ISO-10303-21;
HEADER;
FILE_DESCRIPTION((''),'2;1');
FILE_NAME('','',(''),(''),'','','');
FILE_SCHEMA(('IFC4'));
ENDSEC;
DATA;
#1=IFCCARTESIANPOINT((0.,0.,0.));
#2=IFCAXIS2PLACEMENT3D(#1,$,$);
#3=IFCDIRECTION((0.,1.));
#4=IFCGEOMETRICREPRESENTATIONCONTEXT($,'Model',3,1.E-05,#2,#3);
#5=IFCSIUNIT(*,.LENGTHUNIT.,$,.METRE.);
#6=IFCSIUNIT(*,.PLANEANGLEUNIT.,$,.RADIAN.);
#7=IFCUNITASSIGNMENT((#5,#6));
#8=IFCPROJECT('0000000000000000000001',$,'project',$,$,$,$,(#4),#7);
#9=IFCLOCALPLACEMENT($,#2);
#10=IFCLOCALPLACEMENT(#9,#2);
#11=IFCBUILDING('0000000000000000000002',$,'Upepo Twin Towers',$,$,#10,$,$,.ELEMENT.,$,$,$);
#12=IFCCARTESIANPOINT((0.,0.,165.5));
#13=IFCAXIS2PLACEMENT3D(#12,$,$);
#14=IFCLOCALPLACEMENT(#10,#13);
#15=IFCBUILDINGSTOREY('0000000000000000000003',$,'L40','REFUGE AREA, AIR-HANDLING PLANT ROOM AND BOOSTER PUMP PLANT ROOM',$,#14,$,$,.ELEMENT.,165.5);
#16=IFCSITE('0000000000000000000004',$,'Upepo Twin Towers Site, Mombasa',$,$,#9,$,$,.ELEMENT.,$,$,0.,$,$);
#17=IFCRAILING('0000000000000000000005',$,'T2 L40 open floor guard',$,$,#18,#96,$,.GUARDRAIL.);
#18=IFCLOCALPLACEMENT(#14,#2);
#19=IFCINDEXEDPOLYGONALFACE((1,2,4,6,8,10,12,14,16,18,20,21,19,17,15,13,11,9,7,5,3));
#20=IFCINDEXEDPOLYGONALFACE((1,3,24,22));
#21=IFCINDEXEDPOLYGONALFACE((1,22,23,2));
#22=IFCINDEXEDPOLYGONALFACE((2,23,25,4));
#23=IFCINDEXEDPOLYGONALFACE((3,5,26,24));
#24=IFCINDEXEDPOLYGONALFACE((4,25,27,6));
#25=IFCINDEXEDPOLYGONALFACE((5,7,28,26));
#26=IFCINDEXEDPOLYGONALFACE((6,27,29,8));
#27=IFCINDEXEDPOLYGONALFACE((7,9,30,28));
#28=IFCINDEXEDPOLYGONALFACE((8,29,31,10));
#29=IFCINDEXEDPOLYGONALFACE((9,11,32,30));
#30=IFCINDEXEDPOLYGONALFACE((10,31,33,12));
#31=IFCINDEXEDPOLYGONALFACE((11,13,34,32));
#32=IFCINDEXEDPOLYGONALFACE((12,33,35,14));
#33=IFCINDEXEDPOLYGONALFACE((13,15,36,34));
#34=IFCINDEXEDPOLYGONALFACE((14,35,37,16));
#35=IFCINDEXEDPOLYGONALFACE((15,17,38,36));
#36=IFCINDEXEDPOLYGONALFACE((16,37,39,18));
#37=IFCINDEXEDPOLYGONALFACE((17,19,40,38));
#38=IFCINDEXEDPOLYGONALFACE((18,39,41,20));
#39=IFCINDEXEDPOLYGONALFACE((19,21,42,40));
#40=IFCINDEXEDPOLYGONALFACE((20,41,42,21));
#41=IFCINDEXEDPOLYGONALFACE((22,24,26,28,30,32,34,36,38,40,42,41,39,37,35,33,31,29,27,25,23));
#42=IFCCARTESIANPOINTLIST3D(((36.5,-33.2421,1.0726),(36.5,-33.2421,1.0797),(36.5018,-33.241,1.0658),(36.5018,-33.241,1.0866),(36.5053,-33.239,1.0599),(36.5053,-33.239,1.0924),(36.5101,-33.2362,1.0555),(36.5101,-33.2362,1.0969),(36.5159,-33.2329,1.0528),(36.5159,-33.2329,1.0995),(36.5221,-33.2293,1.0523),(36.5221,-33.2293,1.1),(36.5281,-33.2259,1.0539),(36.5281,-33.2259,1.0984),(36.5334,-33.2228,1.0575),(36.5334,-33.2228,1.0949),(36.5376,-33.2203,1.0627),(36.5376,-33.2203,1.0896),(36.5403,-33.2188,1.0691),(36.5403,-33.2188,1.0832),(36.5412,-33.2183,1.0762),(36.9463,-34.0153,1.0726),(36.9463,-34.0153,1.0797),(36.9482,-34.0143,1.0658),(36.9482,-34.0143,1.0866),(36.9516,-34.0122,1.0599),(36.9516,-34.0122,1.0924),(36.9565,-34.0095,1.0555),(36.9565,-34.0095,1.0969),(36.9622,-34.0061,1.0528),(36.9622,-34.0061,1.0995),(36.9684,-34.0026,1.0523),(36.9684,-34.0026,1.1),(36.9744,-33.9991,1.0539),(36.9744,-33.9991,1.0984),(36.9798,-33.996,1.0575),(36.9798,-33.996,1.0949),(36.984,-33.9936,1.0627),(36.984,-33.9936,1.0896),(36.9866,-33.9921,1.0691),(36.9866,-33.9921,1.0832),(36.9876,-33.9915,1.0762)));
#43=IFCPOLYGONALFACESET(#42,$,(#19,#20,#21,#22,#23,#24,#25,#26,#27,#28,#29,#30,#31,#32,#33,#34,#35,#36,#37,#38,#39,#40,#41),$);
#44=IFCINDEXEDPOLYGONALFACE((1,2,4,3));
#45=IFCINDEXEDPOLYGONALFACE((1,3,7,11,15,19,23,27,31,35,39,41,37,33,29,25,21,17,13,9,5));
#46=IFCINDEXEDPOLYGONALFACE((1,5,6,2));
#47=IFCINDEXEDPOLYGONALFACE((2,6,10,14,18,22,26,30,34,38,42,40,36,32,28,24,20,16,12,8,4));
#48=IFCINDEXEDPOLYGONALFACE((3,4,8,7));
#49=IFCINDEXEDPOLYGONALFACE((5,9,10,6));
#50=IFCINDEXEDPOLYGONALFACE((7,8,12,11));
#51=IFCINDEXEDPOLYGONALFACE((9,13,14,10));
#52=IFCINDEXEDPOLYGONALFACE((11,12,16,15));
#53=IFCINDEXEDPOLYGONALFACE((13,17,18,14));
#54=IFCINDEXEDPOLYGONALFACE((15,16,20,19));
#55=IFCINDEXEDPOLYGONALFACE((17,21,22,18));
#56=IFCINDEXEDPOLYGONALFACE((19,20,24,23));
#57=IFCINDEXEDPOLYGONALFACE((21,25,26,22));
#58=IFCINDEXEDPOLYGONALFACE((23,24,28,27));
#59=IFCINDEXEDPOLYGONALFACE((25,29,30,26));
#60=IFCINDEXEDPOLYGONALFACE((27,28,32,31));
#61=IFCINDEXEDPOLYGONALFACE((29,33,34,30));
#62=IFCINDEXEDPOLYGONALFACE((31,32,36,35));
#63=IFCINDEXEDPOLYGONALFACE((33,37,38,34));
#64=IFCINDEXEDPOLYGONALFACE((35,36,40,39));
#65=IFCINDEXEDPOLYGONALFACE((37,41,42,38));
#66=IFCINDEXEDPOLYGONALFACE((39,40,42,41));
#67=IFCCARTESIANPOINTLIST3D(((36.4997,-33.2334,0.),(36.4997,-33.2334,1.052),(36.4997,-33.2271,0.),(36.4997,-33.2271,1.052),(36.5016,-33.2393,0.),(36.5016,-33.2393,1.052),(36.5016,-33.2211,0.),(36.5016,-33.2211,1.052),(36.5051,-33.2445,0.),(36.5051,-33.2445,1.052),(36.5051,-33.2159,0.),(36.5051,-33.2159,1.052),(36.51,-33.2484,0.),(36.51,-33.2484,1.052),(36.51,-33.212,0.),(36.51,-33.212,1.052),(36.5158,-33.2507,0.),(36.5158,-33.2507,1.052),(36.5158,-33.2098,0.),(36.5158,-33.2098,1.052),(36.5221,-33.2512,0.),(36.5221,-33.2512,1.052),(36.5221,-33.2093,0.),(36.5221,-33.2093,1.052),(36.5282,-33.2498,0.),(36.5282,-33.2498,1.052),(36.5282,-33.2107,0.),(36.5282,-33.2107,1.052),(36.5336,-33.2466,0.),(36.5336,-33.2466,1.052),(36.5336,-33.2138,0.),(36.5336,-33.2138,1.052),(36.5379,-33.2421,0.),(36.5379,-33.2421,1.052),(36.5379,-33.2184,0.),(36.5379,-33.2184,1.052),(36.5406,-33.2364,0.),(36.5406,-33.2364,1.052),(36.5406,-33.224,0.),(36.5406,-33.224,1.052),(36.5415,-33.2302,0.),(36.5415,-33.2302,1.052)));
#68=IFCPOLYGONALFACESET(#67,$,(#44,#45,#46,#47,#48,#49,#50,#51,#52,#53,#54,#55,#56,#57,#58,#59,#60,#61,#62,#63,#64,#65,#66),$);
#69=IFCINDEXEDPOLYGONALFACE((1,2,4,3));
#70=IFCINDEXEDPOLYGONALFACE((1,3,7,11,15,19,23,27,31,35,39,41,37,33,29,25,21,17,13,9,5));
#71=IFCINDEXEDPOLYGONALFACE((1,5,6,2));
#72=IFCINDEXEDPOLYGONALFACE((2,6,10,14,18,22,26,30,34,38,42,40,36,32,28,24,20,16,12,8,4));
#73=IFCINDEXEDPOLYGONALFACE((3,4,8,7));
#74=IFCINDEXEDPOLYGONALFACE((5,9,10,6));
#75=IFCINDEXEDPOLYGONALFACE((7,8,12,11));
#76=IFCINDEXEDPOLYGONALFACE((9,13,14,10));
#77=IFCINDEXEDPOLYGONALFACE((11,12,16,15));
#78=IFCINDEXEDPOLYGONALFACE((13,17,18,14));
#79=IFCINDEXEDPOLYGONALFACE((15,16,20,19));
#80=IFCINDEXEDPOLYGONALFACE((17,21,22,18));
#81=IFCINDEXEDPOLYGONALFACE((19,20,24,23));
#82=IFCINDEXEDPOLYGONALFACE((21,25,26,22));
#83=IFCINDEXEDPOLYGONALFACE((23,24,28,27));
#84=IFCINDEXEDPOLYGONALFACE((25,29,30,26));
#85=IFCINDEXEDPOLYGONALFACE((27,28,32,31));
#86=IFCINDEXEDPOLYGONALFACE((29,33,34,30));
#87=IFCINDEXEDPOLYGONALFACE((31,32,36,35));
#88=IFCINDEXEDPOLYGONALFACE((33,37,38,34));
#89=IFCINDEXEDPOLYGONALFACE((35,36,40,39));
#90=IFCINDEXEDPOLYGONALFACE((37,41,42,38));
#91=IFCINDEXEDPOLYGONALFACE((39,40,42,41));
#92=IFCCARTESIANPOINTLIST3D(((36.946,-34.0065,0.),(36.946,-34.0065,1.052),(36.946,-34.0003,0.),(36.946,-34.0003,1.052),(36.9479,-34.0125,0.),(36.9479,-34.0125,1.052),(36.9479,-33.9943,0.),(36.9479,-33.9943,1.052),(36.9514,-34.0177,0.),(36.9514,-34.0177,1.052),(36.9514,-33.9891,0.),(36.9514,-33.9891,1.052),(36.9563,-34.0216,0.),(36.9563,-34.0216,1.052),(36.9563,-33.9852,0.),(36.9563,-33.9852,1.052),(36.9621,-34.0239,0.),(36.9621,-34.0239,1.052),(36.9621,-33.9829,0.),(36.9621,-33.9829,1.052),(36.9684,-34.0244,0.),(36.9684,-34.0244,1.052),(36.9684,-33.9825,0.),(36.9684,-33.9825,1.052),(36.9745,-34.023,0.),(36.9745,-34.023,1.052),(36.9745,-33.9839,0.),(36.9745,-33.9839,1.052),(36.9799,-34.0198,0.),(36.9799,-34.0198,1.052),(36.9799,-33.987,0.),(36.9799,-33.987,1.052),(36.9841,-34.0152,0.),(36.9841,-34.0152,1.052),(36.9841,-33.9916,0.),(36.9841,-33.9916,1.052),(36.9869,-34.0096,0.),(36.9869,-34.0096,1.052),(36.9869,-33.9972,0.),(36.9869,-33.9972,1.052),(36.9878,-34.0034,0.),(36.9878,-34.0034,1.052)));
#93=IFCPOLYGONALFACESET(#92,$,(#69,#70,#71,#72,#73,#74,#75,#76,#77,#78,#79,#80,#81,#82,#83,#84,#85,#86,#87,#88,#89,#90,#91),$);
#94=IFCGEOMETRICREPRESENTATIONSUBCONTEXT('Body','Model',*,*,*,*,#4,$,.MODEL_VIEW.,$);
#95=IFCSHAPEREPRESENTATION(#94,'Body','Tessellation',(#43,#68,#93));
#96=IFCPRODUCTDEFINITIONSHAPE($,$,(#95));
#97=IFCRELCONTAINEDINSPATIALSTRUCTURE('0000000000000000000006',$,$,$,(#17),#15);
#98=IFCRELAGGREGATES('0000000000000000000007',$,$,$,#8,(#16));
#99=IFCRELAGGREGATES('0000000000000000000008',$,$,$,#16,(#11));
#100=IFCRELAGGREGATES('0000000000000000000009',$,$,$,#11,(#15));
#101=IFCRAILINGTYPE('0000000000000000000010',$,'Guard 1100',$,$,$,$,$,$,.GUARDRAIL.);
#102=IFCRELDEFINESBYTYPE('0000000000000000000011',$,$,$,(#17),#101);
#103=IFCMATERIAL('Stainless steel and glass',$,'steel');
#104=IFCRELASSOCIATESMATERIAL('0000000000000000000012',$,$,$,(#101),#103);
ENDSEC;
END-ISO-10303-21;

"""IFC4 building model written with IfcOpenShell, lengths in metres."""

from ifc_helpers import new_model, si_unit, direction, frame, origin, origin_2d, place, context, subcontext, project, spatial, circle, extrude, material, type_object, element, save


model = new_model("IFC4")

# Units and contexts
model_context = context("Model", 3, precision=1e-05, world=origin(), true_north=direction((0.0, 1.0)))
body_context = subcontext(model_context, "Body", "Model", "MODEL_VIEW")
ifc_project = project(units=[si_unit("LENGTHUNIT", "METRE"), si_unit("PLANEANGLEUNIT", "RADIAN")], contexts=[model_context])

# Site, building, storey
site_placement = place(None, origin())
site = spatial("IfcSite", under=ifc_project, at=site_placement, Name="Upepo Twin Towers Site, Mombasa", CompositionType="ELEMENT", RefElevation=0.0)
building_placement = place(site_placement, origin())
building = spatial("IfcBuilding", under=site, at=building_placement, Name="Upepo Twin Towers", CompositionType="ELEMENT")
storey_placement = place(building_placement, frame((0.0, 0.0, 165.5)))
storey = spatial("IfcBuildingStorey", under=building, at=storey_placement, Name="L40", Description="REFUGE AREA, AIR-HANDLING PLANT ROOM AND BOOSTER PUMP PLANT ROOM", CompositionType="ELEMENT", Elevation=165.5)

# Railing
ifc_material_1 = material(Name="Stainless steel and glass", Category="steel")
railing_type = type_object("IfcRailingType", Name="Guard 1100", PredefinedType="GUARDRAIL", material=ifc_material_1)
railing_1_placement = place(storey_placement, frame((36.5205, -33.2302, 0.0)))
element("IfcRailing", 1, at=railing_1_placement, inside=storey, type_object=railing_type, Name="T2 L40 open floor guard", PredefinedType="GUARDRAIL", context=body_context, shape_type="SweptSolid", body=[
    extrude(circle(Radius=0.0239, at=origin_2d()), frame((0.0, 0.0, 1.0762), z_axis=(0.499904, -0.866081, 0.0), x_axis=(0.866081, 0.499904, 0.0)), (0.0, 0.0, 1.0), 0.8928),
    extrude(circle(Radius=0.021, at=origin_2d()), origin(), (0.0, 0.0, 1.0), 1.052),
    extrude(circle(Radius=0.021, at=origin_2d()), frame((0.4463, -0.7732, 0.0)), (0.0, 0.0, 1.0), 1.052),
])

save(model, "model.ifc")
